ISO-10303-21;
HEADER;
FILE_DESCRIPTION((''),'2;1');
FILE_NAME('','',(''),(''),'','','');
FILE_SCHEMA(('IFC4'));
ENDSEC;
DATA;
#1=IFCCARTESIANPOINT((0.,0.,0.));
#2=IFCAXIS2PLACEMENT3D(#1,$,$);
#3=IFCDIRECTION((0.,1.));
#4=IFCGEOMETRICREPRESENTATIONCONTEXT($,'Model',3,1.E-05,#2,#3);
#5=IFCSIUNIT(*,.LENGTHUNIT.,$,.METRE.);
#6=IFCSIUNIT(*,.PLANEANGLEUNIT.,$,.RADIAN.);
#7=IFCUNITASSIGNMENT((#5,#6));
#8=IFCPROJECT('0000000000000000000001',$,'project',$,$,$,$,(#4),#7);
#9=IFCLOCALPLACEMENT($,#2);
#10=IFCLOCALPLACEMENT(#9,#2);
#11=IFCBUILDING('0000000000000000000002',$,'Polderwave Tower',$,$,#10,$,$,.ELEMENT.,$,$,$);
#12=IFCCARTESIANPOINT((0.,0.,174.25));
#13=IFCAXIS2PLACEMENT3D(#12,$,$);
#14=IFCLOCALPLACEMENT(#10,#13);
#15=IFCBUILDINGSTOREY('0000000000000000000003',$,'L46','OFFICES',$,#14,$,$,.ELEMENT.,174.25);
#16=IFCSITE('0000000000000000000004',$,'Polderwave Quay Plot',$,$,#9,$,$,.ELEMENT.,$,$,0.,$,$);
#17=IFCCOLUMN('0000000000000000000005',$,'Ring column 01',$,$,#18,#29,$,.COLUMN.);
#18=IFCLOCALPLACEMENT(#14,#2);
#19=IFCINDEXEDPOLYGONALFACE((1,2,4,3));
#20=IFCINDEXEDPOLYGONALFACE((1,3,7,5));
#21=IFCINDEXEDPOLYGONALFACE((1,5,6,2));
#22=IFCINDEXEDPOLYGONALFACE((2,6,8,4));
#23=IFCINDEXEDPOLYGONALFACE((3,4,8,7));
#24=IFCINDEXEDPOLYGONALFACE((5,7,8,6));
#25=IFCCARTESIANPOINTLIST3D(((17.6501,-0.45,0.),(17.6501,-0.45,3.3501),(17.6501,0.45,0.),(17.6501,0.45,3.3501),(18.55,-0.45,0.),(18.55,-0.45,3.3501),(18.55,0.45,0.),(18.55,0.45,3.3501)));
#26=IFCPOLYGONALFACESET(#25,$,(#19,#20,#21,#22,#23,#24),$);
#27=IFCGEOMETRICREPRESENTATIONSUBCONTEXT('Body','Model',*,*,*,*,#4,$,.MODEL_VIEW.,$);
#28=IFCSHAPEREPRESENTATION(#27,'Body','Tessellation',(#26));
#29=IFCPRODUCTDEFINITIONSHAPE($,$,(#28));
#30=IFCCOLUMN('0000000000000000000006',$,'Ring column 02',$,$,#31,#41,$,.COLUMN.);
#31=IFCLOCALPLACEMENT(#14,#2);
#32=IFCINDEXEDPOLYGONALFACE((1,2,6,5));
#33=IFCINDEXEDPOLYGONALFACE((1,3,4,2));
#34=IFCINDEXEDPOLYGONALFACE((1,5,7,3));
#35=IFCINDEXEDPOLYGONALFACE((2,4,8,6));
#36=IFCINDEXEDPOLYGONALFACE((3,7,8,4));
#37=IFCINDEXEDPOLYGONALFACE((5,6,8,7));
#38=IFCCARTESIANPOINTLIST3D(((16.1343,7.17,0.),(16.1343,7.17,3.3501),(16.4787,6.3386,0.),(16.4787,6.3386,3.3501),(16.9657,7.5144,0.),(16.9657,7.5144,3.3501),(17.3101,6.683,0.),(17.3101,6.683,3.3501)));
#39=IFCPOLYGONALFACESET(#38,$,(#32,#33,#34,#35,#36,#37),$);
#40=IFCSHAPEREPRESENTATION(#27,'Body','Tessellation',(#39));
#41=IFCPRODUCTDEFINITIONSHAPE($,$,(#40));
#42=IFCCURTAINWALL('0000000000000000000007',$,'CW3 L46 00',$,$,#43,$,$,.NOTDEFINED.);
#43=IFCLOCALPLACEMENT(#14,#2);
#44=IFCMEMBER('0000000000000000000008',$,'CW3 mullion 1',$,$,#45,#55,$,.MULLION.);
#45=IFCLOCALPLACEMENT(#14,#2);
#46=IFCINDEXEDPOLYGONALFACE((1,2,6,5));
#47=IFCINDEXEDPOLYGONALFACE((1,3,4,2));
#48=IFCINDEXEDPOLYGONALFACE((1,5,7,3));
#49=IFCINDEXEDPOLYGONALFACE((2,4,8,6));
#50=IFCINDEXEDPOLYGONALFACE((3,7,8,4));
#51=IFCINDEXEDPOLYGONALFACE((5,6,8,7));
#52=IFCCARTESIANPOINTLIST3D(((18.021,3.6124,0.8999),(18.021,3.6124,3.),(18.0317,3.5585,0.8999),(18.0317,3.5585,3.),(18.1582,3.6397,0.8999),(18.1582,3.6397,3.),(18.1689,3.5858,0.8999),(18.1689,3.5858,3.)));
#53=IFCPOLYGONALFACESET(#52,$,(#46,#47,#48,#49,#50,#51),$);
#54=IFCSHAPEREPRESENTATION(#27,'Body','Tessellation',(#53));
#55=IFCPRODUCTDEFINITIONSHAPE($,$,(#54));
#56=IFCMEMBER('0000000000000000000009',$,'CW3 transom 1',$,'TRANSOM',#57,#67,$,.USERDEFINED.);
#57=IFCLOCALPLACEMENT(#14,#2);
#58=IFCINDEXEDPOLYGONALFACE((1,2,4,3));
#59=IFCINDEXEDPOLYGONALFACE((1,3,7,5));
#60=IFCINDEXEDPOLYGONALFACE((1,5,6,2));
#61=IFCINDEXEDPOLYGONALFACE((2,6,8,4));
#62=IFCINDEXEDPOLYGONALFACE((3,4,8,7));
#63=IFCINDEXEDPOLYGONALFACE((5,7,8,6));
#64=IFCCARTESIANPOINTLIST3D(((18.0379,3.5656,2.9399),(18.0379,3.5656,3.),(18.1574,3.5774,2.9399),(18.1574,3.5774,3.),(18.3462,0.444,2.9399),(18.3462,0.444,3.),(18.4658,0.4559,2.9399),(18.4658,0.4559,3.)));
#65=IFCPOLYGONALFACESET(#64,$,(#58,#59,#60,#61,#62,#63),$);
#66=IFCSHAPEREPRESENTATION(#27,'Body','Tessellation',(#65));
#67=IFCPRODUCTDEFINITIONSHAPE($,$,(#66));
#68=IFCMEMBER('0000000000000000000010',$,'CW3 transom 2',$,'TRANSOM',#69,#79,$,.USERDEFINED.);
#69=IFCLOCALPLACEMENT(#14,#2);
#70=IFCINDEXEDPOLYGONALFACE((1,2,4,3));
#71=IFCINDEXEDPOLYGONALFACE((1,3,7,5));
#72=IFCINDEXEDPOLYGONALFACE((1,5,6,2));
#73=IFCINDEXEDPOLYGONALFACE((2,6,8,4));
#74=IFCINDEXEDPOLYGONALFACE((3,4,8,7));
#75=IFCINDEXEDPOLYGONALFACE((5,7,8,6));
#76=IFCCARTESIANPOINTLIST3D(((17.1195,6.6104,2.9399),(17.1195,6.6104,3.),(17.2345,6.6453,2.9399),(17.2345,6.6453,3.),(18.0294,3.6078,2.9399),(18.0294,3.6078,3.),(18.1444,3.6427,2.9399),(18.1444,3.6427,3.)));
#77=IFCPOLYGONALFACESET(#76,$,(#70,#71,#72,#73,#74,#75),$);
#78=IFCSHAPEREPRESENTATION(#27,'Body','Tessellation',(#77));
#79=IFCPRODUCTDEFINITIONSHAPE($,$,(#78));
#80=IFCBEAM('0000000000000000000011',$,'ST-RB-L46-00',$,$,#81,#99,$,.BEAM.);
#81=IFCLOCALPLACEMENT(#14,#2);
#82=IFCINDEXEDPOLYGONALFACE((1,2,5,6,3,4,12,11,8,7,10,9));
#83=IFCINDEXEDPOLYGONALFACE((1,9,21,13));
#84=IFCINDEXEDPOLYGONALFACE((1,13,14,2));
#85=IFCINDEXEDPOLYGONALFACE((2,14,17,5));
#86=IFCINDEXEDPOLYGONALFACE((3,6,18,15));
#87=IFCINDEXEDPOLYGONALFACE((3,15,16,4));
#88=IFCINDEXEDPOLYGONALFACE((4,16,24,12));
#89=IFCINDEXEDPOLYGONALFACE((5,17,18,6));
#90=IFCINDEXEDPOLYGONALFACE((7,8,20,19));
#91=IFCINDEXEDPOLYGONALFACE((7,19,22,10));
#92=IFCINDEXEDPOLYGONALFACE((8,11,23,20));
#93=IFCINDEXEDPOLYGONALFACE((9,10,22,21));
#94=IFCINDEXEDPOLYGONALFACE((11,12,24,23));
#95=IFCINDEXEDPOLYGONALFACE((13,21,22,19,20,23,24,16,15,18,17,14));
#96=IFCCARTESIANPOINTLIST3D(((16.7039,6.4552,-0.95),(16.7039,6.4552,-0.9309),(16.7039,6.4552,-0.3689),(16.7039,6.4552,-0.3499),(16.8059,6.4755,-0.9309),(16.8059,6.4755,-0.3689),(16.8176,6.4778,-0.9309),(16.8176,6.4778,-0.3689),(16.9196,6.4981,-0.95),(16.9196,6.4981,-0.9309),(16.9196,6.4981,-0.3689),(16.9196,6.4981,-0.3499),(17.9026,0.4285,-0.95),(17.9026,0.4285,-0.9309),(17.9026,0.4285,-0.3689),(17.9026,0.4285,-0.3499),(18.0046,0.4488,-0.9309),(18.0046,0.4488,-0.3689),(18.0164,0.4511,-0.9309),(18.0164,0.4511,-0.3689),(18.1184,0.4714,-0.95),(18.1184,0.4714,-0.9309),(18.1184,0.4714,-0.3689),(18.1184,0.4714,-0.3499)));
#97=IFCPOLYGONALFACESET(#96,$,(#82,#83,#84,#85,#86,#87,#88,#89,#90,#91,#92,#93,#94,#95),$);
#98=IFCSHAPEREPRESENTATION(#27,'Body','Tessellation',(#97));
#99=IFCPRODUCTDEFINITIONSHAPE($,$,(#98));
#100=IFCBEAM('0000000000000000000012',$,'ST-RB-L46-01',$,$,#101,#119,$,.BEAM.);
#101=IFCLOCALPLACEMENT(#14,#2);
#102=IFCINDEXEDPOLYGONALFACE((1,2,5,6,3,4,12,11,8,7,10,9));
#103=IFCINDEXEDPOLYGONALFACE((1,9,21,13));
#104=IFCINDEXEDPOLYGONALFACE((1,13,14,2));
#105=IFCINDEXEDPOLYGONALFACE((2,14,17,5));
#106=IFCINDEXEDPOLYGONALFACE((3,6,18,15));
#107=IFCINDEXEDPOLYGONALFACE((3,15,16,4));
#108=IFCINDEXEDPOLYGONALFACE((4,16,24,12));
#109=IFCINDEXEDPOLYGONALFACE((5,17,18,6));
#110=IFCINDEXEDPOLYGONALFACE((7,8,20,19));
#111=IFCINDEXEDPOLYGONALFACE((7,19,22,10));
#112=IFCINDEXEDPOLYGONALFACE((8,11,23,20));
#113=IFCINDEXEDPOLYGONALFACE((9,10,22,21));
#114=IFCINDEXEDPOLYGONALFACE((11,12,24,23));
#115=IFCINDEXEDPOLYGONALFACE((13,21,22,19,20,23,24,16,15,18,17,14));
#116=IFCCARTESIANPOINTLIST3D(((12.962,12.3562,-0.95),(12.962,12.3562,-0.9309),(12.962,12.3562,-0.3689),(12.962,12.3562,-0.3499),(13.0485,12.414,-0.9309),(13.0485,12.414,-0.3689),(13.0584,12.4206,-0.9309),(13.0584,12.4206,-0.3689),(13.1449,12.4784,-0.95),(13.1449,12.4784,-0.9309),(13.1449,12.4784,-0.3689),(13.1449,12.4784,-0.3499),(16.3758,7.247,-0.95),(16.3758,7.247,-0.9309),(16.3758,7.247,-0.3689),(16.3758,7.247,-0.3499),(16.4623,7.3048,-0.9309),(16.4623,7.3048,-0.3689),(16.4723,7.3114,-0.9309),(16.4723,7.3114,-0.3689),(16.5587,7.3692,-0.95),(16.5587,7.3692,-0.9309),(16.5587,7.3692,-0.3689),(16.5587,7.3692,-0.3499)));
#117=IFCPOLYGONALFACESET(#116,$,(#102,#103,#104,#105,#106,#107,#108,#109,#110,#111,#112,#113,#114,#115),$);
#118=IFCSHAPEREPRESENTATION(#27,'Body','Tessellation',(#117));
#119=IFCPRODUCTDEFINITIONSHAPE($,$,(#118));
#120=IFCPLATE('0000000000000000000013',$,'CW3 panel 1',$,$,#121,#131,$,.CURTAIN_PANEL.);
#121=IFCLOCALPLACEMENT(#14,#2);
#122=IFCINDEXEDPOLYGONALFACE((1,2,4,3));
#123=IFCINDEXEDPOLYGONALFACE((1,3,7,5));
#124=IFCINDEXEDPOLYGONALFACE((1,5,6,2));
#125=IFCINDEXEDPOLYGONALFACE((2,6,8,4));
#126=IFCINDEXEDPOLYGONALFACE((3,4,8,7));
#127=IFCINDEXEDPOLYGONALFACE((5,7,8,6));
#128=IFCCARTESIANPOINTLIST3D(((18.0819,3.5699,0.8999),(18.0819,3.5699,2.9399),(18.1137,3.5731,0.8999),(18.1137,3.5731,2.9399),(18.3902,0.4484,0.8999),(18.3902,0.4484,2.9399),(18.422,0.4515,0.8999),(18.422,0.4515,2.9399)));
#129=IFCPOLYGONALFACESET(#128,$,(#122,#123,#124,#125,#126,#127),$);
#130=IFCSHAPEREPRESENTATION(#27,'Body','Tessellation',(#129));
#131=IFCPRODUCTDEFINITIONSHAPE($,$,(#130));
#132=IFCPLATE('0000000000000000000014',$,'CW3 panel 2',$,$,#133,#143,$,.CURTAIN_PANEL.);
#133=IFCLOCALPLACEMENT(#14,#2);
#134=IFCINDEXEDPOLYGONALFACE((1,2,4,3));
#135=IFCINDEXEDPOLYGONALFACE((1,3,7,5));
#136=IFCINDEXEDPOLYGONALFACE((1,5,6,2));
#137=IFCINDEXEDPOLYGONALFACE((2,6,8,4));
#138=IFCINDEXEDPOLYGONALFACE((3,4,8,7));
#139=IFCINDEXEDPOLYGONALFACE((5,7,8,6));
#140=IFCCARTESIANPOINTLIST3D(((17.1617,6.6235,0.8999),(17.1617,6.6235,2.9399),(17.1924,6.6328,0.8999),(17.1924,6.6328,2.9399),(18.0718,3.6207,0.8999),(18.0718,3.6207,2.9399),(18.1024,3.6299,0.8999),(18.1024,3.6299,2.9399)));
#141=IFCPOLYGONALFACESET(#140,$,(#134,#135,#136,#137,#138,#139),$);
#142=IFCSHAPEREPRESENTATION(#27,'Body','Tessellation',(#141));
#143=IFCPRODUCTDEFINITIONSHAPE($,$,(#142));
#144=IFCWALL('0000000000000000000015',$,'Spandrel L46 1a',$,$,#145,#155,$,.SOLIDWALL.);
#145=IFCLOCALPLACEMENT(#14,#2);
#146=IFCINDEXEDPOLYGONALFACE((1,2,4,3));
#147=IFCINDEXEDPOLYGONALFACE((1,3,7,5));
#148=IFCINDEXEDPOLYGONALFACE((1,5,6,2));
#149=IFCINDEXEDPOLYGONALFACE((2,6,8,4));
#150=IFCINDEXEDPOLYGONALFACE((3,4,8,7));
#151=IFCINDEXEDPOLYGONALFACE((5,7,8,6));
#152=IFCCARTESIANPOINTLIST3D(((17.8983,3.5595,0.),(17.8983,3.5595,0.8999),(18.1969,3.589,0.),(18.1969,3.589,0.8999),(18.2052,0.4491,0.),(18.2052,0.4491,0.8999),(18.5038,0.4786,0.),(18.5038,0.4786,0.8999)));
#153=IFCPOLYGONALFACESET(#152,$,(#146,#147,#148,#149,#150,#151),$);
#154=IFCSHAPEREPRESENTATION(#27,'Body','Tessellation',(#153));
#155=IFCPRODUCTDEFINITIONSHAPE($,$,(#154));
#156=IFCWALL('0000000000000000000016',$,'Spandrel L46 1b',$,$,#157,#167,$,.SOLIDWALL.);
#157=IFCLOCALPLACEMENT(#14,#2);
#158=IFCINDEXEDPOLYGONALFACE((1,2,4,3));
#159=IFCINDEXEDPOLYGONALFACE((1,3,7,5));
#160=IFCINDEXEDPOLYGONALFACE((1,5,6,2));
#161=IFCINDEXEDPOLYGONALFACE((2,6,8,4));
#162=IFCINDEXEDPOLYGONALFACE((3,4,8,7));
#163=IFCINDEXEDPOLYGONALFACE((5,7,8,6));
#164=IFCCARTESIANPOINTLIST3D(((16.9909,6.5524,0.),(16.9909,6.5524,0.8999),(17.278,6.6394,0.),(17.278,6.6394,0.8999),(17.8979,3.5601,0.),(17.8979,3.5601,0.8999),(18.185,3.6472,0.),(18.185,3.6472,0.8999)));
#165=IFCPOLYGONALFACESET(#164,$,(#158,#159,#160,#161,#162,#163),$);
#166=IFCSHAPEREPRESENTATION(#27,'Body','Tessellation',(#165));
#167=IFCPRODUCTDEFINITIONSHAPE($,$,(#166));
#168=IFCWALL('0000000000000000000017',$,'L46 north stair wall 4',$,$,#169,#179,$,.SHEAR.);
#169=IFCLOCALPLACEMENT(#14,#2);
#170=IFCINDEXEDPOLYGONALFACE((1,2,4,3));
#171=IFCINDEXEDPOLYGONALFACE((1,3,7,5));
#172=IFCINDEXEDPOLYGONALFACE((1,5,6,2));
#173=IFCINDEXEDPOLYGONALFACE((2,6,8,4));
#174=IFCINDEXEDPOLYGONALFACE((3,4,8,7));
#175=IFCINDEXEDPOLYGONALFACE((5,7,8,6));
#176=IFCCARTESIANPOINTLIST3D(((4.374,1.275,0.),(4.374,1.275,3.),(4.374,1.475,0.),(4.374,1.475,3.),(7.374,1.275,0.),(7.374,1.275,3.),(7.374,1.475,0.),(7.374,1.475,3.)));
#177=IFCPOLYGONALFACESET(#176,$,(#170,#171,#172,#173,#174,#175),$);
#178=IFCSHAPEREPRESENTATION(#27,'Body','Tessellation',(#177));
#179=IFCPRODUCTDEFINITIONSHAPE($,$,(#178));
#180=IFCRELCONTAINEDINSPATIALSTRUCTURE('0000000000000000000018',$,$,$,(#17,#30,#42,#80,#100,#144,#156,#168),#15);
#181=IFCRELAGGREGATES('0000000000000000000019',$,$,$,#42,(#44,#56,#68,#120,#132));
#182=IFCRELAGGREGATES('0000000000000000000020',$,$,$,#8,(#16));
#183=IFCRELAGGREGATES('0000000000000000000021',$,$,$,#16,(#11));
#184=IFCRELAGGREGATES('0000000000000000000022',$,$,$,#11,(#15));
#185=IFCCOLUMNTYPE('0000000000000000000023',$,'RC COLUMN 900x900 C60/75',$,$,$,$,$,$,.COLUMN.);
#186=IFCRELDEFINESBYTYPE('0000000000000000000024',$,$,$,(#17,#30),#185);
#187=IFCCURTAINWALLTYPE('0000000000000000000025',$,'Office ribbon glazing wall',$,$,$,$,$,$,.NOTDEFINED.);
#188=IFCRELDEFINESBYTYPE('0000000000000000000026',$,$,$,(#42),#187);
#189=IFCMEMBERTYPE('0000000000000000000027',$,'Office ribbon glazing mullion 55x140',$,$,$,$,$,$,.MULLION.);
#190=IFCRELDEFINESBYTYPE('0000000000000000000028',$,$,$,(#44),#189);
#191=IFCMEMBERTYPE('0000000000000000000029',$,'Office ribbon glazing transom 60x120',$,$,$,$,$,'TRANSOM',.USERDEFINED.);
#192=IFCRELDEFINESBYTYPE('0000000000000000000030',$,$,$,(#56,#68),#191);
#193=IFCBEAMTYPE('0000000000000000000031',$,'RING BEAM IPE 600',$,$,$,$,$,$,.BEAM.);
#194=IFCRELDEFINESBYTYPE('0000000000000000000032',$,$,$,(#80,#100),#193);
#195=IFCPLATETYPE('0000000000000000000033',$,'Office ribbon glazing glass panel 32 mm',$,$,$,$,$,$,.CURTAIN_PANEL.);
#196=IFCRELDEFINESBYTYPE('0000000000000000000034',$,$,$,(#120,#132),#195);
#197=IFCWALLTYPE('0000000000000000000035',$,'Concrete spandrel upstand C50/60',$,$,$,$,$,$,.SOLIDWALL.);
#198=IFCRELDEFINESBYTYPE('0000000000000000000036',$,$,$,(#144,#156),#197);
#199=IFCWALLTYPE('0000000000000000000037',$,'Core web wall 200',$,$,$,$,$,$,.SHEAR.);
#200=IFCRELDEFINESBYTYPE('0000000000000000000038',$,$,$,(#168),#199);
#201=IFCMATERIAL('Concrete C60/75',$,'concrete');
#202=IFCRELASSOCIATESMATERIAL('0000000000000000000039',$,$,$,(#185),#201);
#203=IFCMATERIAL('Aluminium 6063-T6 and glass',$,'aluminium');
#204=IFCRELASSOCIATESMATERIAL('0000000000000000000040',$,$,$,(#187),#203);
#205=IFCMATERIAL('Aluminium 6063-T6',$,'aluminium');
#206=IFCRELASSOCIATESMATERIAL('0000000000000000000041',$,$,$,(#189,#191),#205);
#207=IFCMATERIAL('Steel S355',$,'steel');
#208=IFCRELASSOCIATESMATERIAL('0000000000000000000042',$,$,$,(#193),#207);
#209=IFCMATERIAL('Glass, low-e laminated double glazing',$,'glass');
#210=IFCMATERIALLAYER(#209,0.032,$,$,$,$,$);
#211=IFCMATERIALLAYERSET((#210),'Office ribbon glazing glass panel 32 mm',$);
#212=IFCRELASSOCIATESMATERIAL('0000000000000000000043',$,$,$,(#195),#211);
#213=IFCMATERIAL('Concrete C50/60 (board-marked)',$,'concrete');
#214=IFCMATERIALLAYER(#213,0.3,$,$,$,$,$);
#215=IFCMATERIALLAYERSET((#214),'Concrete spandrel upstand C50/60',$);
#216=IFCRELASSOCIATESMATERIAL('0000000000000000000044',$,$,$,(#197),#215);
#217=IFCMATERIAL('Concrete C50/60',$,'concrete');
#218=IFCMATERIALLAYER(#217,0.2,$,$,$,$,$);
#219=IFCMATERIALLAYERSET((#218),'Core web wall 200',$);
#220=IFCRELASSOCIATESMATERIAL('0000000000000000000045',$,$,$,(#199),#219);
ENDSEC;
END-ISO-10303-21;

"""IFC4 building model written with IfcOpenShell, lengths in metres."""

from ifc_helpers import new_model, si_unit, direction, frame, frame_2d, origin, origin_2d, place, context, subcontext, project, spatial, rectangle, i_section, extrude, material, layer, layer_set, material_profile, profile_set, type_object, element, aggregate, save


model = new_model("IFC4")

# Units and contexts
model_context = context("Model", 3, precision=1e-05, world=origin(), true_north=direction((0.0, 1.0)))
body_context = subcontext(model_context, "Body", "Model", "MODEL_VIEW")
ifc_project = project(units=[si_unit("LENGTHUNIT", "METRE"), si_unit("PLANEANGLEUNIT", "RADIAN")], contexts=[model_context])

# Site, building, storey
site_placement = place(None, origin())
site = spatial("IfcSite", under=ifc_project, at=site_placement, Name="Polderwave Quay Plot", CompositionType="ELEMENT", RefElevation=0.0)
building_placement = place(site_placement, origin())
building = spatial("IfcBuilding", under=site, at=building_placement, Name="Polderwave Tower", CompositionType="ELEMENT")
storey_placement = place(building_placement, frame((0.0, 0.0, 174.25)))
storey = spatial("IfcBuildingStorey", under=building, at=storey_placement, Name="L46", Description="OFFICES", CompositionType="ELEMENT", Elevation=174.25)

# Columns
ifc_material_1 = material(Name="Concrete C60/75", Category="concrete")
ifc_material_profile_1 = material_profile(ifc_material_1, rectangle(XDim=0.8999, YDim=0.8999, at=origin_2d()), Name="RC 900x900")
ifc_profile_set_1 = profile_set([ifc_material_profile_1], Name="Concrete C60/75")
column_type = type_object("IfcColumnType", Name="RC COLUMN 900x900 C60/75", PredefinedType="COLUMN", material=ifc_profile_set_1)
for number, where, z_axis, x_axis, name in (
    (1, (18.1001, 0.0, 0.0), (0.0, 0.0, 1.0), (1.0, 0.0, 0.0), "Ring column 01"),
    (2, (16.7222, 6.9265, 0.0), (0.0, 0.0, 1.0), (0.92388, 0.382683, 0.0), "Ring column 02"),
):
    element("IfcColumn", number, at=place(storey_placement, frame(where, z_axis=z_axis, x_axis=x_axis)), inside=storey, type_object=column_type, Name=name, PredefinedType="COLUMN", context=body_context, shape_type="SweptSolid", body=[
        extrude(rectangle(XDim=0.8999, YDim=0.8999, at=origin_2d()), origin(), (0.0, 0.0, 1.0), 3.3501),
    ])

# Curtain wall, members
ifc_material_2 = material(Name="Aluminium 6063-T6 and glass", Category="aluminium")
curtain_wall_type = type_object("IfcCurtainWallType", Name="Office ribbon glazing wall", PredefinedType="NOTDEFINED", material=ifc_material_2)
curtain_wall_placement = place(storey_placement, origin())
curtain_wall = element("IfcCurtainWall", 3, at=curtain_wall_placement, inside=storey, type_object=curtain_wall_type, Name="CW3 L46 00", PredefinedType="NOTDEFINED")
ifc_material_3 = material(Name="Aluminium 6063-T6", Category="aluminium")
ifc_material_profile_2 = material_profile(ifc_material_3, rectangle(XDim=0.1399, YDim=0.0549, at=origin_2d()), Name="AL 55x140")
ifc_profile_set_2 = profile_set([ifc_material_profile_2], Name="Aluminium 6063-T6")
member_type_1 = type_object("IfcMemberType", Name="Office ribbon glazing mullion 55x140", PredefinedType="MULLION", material=ifc_profile_set_2)
member_1_placement = place(storey_placement, frame((18.095, 3.5991, 0.8999), z_axis=(0.0, 0.0, 1.0), x_axis=(-0.980784, -0.195097, 0.0)))
member_1 = element("IfcMember", 4, at=member_1_placement, type_object=member_type_1, Name="CW3 mullion 1", PredefinedType="MULLION", context=body_context, shape_type="SweptSolid", body=[
    extrude(rectangle(XDim=0.1399, YDim=0.0549, at=origin_2d()), origin(), (0.0, 0.0, 1.0), 2.1001),
])
ifc_material_profile_3 = material_profile(ifc_material_3, rectangle(XDim=0.1201, YDim=0.0601, at=origin_2d()), Name="AL 60x120")
ifc_profile_set_3 = profile_set([ifc_material_profile_3], Name="Aluminium 6063-T6")
member_type_2 = type_object("IfcMemberType", Name="Office ribbon glazing transom 60x120", ElementType="TRANSOM", PredefinedType="USERDEFINED", material=ifc_profile_set_3)
member_2_placement = place(storey_placement, frame((18.406, 0.45, 2.97), z_axis=(-0.098301, 0.995157, 0.0), x_axis=(-0.995157, -0.098301, 0.0)))
member_2 = element("IfcMember", 5, at=member_2_placement, type_object=member_type_2, Name="CW3 transom 1", ObjectType="TRANSOM", PredefinedType="USERDEFINED", context=body_context, shape_type="SweptSolid", body=[
    extrude(rectangle(XDim=0.1201, YDim=0.0601, at=origin_2d()), origin(), (0.0, 0.0, 1.0), 3.1367),
])
member_3_placement = place(storey_placement, frame((18.0869, 3.6252, 2.97), z_axis=(-0.29001, 0.957024, 0.0), x_axis=(-0.957024, -0.29001, 0.0)))
member_3 = element("IfcMember", 6, at=member_3_placement, type_object=member_type_2, Name="CW3 transom 2", ObjectType="TRANSOM", PredefinedType="USERDEFINED", context=body_context, shape_type="SweptSolid", body=[
    extrude(rectangle(XDim=0.1201, YDim=0.0601, at=origin_2d()), origin(), (0.0, 0.0, 1.0), 3.1375),
])

# Beams
ifc_material_4 = material(Name="Steel S355", Category="steel")
ifc_material_profile_4 = material_profile(ifc_material_4, i_section(OverallWidth=0.22, OverallDepth=0.6001, WebThickness=0.012, FlangeThickness=0.019, at=origin_2d()), Name="IPE 600")
ifc_profile_set_4 = profile_set([ifc_material_profile_4], Name="Steel S355")
beam_type = type_object("IfcBeamType", Name="RING BEAM IPE 600", PredefinedType="BEAM", material=ifc_profile_set_4)
for number, where, z_axis, x_axis, name in (
    (7, (18.0105, 0.45, -0.6499), (-0.195085, 0.980786, 0.0), (-0.980786, -0.195085, 0.0), "ST-RB-L46-00"),
    (8, (16.4673, 7.3081, -0.6499), (-0.555571, 0.831469, 0.0), (-0.831469, -0.555571, 0.0), "ST-RB-L46-01"),
):
    element("IfcBeam", number, at=place(storey_placement, frame(where, z_axis=z_axis, x_axis=x_axis)), inside=storey, type_object=beam_type, Name=name, PredefinedType="BEAM", context=body_context, shape_type="SweptSolid", body=[
        extrude(i_section(OverallWidth=0.22, OverallDepth=0.6001, WebThickness=0.012, FlangeThickness=0.019, at=origin_2d()), origin(), (0.0, 0.0, 1.0), 6.1448),
    ])

# Plates
ifc_material_5 = material(Name="Glass, low-e laminated double glazing", Category="glass")
ifc_layer_1 = layer(ifc_material_5, 0.032)
ifc_layer_set_1 = layer_set([ifc_layer_1], Name="Office ribbon glazing glass panel 32 mm")
plate_type = type_object("IfcPlateType", Name="Office ribbon glazing glass panel 32 mm", PredefinedType="CURTAIN_PANEL", material=ifc_layer_set_1)
plate_1_placement = place(storey_placement, frame((18.252, 2.0107, 0.8999), z_axis=(0.0, 0.0, 1.0), x_axis=(-0.098283, 0.995159, 0.0)))
plate_1 = element("IfcPlate", 9, at=plate_1_placement, type_object=plate_type, Name="CW3 panel 1", PredefinedType="CURTAIN_PANEL", context=body_context, shape_type="SweptSolid", body=[
    extrude(rectangle(XDim=3.1367, YDim=0.032, at=origin_2d()), origin(), (0.0, 0.0, 1.0), 2.04),
])
plate_2_placement = place(storey_placement, frame((17.6321, 5.1267, 0.8999), z_axis=(0.0, 0.0, 1.0), x_axis=(-0.290042, 0.957014, 0.0)))
plate_2 = element("IfcPlate", 10, at=plate_2_placement, type_object=plate_type, Name="CW3 panel 2", PredefinedType="CURTAIN_PANEL", context=body_context, shape_type="SweptSolid", body=[
    extrude(rectangle(XDim=3.1377, YDim=0.032, at=origin_2d()), origin(), (0.0, 0.0, 1.0), 2.04),
])
aggregate(curtain_wall, [member_1, member_2, member_3, plate_1, plate_2])

# Walls
ifc_material_6 = material(Name="Concrete C50/60 (board-marked)", Category="concrete")
ifc_layer_2 = layer(ifc_material_6, 0.3)
ifc_layer_set_2 = layer_set([ifc_layer_2], Name="Concrete spandrel upstand C50/60")
wall_type_1 = type_object("IfcWallType", Name="Concrete spandrel upstand C50/60", PredefinedType="SOLIDWALL", material=ifc_layer_set_2)
wall_1_placement = place(storey_placement, frame((18.3545, 0.4639, 0.0), z_axis=(0.0, 0.0, 1.0), x_axis=(-0.098189, 0.995168, 0.0)))
element("IfcWall", 11, at=wall_1_placement, inside=storey, type_object=wall_type_1, Name="Spandrel L46 1a", PredefinedType="SOLIDWALL", context=body_context, shape_type="SweptSolid", body=[
    extrude(rectangle(XDim=3.1255, YDim=0.3, at=frame_2d((1.5627, 0.0))), origin(), (0.0, 0.0, 1.0), 0.8999),
])
wall_2_placement = place(storey_placement, frame((18.0415, 3.6035, 0.0), z_axis=(0.0, 0.0, 1.0), x_axis=(-0.290083, 0.957001, 0.0)))
element("IfcWall", 12, at=wall_2_placement, inside=storey, type_object=wall_type_1, Name="Spandrel L46 1b", PredefinedType="SOLIDWALL", context=body_context, shape_type="SweptSolid", body=[
    extrude(rectangle(XDim=3.1267, YDim=0.3, at=frame_2d((1.5635, 0.0))), origin(), (0.0, 0.0, 1.0), 0.8999),
])
ifc_material_7 = material(Name="Concrete C50/60", Category="concrete")
ifc_layer_3 = layer(ifc_material_7, 0.2)
ifc_layer_set_3 = layer_set([ifc_layer_3], Name="Core web wall 200")
wall_type_2 = type_object("IfcWallType", Name="Core web wall 200", PredefinedType="SHEAR", material=ifc_layer_set_3)
wall_3_placement = place(storey_placement, frame((4.374, 1.375, 0.0), z_axis=(0.0, 0.0, 1.0), x_axis=(1.0, 0.0, 0.0)))
element("IfcWall", 13, at=wall_3_placement, inside=storey, type_object=wall_type_2, Name="L46 north stair wall 4", PredefinedType="SHEAR", context=body_context, shape_type="SweptSolid", body=[
    extrude(rectangle(XDim=3.0, YDim=0.2, at=frame_2d((1.5, 0.0))), origin(), (0.0, 0.0, 1.0), 3.0),
])

save(model, "model.ifc")
